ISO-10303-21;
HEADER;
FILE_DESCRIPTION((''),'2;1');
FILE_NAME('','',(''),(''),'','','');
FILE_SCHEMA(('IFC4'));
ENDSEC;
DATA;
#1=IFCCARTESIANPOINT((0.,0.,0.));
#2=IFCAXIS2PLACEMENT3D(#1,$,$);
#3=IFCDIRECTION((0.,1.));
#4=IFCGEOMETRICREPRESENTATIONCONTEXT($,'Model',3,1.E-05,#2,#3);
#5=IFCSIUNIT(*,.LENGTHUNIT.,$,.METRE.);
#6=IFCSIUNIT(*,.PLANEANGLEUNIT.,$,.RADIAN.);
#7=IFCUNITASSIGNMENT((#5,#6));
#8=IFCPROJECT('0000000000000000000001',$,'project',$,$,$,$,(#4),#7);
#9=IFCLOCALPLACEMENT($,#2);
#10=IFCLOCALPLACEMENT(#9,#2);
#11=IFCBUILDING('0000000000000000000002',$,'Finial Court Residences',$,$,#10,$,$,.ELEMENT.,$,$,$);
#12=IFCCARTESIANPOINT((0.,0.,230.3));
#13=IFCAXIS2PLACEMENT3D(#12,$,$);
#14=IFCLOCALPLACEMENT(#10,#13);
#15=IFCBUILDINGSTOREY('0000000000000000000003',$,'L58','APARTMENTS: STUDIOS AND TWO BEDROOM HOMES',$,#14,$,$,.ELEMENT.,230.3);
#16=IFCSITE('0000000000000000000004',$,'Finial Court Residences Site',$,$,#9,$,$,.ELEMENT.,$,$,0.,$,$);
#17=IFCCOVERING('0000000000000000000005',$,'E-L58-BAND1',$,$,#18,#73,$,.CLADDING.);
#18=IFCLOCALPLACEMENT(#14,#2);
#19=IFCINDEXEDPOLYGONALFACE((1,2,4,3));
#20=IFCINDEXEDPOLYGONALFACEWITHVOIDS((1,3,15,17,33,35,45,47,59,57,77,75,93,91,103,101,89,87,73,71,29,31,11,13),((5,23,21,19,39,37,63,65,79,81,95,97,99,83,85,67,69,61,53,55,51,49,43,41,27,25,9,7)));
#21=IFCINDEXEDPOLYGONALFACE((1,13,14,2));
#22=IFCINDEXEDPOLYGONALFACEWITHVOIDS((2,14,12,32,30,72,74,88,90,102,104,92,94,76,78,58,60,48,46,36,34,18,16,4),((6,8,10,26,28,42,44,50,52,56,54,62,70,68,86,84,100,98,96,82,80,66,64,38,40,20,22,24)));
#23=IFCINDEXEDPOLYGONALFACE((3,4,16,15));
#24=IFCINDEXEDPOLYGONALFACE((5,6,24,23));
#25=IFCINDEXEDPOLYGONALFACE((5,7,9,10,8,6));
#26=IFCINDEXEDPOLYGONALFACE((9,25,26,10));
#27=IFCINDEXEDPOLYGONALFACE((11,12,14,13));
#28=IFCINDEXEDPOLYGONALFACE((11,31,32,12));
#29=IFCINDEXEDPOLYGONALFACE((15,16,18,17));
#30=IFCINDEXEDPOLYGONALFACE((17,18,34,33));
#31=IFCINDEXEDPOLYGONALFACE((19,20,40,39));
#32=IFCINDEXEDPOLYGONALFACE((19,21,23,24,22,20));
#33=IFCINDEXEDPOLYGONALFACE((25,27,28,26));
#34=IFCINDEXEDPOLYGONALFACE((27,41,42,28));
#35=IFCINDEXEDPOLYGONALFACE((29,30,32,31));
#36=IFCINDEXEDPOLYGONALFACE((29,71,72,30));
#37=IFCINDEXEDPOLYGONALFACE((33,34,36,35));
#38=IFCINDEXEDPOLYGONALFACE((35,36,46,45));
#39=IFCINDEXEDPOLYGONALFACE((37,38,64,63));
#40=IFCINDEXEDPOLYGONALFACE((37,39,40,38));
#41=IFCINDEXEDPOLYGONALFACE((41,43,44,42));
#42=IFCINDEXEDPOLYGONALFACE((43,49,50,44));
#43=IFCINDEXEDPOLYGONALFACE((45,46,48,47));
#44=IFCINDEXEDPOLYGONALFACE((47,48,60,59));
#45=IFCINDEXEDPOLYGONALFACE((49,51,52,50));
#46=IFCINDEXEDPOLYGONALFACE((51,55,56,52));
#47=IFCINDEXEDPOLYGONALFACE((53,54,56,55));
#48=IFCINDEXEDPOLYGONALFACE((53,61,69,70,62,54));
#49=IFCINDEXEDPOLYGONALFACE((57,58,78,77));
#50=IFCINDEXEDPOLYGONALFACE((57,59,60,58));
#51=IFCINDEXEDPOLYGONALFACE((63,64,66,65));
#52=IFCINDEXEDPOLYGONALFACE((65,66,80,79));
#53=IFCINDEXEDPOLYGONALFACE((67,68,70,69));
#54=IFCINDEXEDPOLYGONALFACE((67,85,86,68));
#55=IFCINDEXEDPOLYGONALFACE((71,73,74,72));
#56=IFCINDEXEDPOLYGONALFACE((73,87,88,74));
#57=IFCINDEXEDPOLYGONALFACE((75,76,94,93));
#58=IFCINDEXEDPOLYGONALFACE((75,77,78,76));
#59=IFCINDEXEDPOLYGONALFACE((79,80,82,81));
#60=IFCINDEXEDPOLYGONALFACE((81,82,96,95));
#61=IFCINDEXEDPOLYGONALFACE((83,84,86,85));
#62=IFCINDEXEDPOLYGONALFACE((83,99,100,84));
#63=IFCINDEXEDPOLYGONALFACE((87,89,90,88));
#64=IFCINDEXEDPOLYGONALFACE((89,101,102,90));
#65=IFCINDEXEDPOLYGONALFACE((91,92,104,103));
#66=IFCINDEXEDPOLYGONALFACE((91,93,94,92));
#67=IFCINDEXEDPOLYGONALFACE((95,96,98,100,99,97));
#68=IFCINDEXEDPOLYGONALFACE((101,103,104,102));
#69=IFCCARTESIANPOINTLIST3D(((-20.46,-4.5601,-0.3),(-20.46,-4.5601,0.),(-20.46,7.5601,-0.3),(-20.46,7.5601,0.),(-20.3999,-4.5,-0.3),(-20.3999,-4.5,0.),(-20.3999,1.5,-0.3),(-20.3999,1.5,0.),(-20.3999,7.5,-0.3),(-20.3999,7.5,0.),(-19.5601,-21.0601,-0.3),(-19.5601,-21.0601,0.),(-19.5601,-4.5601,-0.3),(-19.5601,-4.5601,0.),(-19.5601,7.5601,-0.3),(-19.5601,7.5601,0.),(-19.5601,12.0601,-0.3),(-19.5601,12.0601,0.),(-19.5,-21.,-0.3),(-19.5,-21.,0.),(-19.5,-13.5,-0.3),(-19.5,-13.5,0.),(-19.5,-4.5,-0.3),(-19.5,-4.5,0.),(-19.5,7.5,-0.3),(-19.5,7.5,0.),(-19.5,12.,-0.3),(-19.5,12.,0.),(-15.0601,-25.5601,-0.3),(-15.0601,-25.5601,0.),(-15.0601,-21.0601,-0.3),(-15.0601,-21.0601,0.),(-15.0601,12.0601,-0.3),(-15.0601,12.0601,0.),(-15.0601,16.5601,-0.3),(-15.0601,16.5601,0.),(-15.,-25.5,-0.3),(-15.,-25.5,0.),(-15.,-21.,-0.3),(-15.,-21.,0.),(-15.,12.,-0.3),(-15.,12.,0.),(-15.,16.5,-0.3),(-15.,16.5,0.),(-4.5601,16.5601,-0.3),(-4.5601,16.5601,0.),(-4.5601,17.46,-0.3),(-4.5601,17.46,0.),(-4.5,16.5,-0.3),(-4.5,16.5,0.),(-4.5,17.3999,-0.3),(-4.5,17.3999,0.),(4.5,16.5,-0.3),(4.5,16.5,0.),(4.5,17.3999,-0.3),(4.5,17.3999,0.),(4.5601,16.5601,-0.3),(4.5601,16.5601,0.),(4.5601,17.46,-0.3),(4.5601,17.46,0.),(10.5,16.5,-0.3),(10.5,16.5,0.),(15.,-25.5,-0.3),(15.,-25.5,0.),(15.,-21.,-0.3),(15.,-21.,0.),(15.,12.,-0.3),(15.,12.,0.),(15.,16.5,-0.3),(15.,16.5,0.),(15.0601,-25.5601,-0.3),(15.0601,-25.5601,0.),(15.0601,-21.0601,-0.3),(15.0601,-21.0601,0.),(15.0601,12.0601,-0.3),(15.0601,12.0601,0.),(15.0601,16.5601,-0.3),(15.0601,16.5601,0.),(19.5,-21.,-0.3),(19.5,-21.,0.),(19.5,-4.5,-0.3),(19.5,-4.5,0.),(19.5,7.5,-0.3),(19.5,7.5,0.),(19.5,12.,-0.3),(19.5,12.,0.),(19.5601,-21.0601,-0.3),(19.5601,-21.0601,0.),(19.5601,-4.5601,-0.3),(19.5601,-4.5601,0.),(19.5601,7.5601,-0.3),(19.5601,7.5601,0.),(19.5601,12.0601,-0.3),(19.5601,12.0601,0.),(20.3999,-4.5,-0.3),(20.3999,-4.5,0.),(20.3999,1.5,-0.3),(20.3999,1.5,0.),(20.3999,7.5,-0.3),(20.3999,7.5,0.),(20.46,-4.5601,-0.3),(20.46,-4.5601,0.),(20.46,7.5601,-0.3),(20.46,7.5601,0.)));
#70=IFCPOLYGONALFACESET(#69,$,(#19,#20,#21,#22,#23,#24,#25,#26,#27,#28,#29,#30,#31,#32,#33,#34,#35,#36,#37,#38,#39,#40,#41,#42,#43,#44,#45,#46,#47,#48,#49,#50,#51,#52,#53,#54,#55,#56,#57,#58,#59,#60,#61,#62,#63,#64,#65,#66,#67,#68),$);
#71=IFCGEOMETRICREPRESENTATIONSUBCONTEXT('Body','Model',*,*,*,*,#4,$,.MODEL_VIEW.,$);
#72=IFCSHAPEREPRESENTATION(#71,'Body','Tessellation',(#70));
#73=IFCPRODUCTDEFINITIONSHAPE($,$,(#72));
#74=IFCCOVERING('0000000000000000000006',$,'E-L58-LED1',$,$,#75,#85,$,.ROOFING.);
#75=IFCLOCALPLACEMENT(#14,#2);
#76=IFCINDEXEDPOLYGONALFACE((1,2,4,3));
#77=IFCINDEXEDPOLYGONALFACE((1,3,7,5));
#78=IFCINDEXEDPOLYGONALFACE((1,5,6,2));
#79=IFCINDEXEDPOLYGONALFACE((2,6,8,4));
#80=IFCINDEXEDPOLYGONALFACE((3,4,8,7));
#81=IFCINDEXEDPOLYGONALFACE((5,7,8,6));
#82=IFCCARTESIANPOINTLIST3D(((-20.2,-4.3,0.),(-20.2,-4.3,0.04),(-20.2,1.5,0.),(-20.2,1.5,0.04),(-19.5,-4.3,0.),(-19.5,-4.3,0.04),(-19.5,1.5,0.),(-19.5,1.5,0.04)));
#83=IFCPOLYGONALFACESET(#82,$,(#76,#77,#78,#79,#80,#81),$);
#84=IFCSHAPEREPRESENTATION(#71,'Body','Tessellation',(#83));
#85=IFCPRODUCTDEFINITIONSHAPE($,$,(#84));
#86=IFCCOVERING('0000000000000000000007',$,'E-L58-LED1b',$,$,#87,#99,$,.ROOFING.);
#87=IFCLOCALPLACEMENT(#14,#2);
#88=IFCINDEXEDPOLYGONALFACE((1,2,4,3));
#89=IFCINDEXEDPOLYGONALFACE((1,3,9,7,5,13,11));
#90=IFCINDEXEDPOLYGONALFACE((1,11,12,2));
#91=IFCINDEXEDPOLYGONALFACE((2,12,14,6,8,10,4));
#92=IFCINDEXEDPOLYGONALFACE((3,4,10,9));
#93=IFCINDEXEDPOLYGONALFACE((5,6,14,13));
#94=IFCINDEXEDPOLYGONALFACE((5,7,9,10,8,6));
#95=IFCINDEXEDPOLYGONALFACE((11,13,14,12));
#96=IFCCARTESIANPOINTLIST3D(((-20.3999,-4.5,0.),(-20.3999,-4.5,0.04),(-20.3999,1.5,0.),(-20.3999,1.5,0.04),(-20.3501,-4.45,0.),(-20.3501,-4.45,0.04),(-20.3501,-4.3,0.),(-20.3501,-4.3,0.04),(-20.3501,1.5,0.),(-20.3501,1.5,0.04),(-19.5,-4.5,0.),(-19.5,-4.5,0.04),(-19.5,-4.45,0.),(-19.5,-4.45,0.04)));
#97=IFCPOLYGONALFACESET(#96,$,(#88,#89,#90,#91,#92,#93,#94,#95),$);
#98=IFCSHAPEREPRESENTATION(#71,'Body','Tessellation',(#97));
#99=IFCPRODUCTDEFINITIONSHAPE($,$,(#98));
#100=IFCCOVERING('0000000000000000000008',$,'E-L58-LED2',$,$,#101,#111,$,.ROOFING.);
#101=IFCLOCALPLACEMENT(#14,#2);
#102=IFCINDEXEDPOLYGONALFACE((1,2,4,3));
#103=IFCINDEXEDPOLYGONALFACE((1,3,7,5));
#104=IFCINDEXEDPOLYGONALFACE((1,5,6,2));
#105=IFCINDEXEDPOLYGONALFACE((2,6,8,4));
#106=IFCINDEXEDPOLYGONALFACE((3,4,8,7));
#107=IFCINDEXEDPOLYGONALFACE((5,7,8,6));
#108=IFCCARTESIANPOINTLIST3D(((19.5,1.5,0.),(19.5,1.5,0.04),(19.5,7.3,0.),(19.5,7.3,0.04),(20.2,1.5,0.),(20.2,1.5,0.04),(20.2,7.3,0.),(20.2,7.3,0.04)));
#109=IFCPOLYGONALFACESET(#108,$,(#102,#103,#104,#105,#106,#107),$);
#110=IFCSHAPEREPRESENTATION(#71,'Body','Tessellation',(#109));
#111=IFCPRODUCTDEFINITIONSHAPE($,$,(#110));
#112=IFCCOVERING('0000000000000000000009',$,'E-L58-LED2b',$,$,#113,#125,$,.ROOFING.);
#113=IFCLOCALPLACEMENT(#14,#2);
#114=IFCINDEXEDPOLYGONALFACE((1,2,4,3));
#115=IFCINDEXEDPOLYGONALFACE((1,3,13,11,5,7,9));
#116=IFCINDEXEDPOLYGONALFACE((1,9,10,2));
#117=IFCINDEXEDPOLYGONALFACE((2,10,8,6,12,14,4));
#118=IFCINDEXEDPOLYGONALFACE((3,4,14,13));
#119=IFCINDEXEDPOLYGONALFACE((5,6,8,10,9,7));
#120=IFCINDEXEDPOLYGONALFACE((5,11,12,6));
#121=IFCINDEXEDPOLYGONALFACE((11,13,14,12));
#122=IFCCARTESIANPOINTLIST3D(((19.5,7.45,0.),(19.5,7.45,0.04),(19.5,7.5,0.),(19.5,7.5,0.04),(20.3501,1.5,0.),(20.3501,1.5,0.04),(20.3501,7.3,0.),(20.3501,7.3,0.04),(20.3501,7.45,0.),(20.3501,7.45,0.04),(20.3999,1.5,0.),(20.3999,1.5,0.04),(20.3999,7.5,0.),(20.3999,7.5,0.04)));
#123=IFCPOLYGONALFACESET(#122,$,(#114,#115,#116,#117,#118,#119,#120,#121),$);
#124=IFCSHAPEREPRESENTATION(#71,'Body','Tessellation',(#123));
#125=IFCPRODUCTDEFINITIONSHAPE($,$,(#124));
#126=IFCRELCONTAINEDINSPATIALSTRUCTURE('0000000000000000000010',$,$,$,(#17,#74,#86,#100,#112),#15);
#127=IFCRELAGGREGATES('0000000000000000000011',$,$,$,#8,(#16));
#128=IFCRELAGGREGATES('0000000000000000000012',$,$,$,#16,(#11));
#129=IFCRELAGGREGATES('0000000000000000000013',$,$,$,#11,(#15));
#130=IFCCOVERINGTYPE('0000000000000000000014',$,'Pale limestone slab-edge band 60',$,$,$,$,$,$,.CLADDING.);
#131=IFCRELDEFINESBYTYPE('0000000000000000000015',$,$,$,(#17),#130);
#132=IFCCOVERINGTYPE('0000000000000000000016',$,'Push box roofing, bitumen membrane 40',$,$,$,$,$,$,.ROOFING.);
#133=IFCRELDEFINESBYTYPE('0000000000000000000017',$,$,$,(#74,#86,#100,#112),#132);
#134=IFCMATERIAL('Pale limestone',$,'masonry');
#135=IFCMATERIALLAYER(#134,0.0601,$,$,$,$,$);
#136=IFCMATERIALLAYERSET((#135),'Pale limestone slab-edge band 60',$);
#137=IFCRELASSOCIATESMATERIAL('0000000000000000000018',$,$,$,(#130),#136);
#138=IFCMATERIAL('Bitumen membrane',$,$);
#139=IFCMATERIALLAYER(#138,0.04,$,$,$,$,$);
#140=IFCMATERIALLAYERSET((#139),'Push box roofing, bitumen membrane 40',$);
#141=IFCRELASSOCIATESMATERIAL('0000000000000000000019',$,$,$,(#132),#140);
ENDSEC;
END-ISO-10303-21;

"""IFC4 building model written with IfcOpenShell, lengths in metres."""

from ifc_helpers import new_model, si_unit, direction, frame, origin, place, context, subcontext, project, spatial, polyline, outline, extrude, material, layer, layer_set, type_object, element, save


model = new_model("IFC4")

# Units and contexts
model_context = context("Model", 3, precision=1e-05, world=origin(), true_north=direction((0.0, 1.0)))
body_context = subcontext(model_context, "Body", "Model", "MODEL_VIEW")
ifc_project = project(units=[si_unit("LENGTHUNIT", "METRE"), si_unit("PLANEANGLEUNIT", "RADIAN")], contexts=[model_context])

# Site, building, storey
site_placement = place(None, origin())
site = spatial("IfcSite", under=ifc_project, at=site_placement, Name="Finial Court Residences Site", CompositionType="ELEMENT", RefElevation=0.0)
building_placement = place(site_placement, origin())
building = spatial("IfcBuilding", under=site, at=building_placement, Name="Finial Court Residences", CompositionType="ELEMENT")
storey_placement = place(building_placement, frame((0.0, 0.0, 230.3)))
storey = spatial("IfcBuildingStorey", under=building, at=storey_placement, Name="L58", Description="APARTMENTS: STUDIOS AND TWO BEDROOM HOMES", CompositionType="ELEMENT", Elevation=230.3)

# Coverings
ifc_material_1 = material(Name="Pale limestone", Category="masonry")
ifc_layer_1 = layer(ifc_material_1, 0.0601)
ifc_layer_set_1 = layer_set([ifc_layer_1], Name="Pale limestone slab-edge band 60")
covering_type_1 = type_object("IfcCoveringType", Name="Pale limestone slab-edge band 60", PredefinedType="CLADDING", material=ifc_layer_set_1)
covering_1_placement = place(storey_placement, frame((0.0, 0.0, -0.3)))
element("IfcCovering", 1, at=covering_1_placement, inside=storey, type_object=covering_type_1, Name="E-L58-BAND1", PredefinedType="CLADDING", context=body_context, shape_type="SweptSolid", body=[
    extrude(outline(polyline([(-19.5601, 7.5601), (-19.5601, 12.0601), (-15.0601, 12.0601), (-15.0601, 16.5601), (-4.5601, 16.5601), (-4.5601, 17.46), (4.5601, 17.46), (4.5601, 16.5601), (15.0601, 16.5601), (15.0601, 12.0601), (19.5601, 12.0601), (19.5601, 7.5601), (20.46, 7.5601), (20.46, -4.5601), (19.5601, -4.5601), (19.5601, -21.0601), (15.0601, -21.0601), (15.0601, -25.5601), (-15.0601, -25.5601), (-15.0601, -21.0601), (-19.5601, -21.0601), (-19.5601, -4.5601), (-20.46, -4.5601), (-20.46, 7.5601), (-19.5601, 7.5601)]), holes=[polyline([(-20.3999, 1.5), (-20.3999, -4.5), (-19.5, -4.5), (-19.5, -13.5), (-19.5, -21.0), (-15.0, -21.0), (-15.0, -25.5), (15.0, -25.5), (15.0, -21.0), (19.5, -21.0), (19.5, -4.5), (20.3999, -4.5), (20.3999, 1.5), (20.3999, 7.5), (19.5, 7.5), (19.5, 12.0), (15.0, 12.0), (15.0, 16.5), (10.5, 16.5), (4.5, 16.5), (4.5, 17.3999), (-4.5, 17.3999), (-4.5, 16.5), (-15.0, 16.5), (-15.0, 12.0), (-19.5, 12.0), (-19.5, 7.5), (-20.3999, 7.5), (-20.3999, 1.5)])]), origin(), (0.0, 0.0, 1.0), 0.3),
])
ifc_material_2 = material(Name="Bitumen membrane")
ifc_layer_2 = layer(ifc_material_2, 0.04)
ifc_layer_set_2 = layer_set([ifc_layer_2], Name="Push box roofing, bitumen membrane 40")
covering_type_2 = type_object("IfcCoveringType", Name="Push box roofing, bitumen membrane 40", PredefinedType="ROOFING", material=ifc_layer_set_2)
covering_2_placement = place(storey_placement, origin())
element("IfcCovering", 2, at=covering_2_placement, inside=storey, type_object=covering_type_2, Name="E-L58-LED1", PredefinedType="ROOFING", context=body_context, shape_type="SweptSolid", body=[
    extrude(outline(polyline([(-19.5, -4.3), (-20.2, -4.3), (-20.2, 1.5), (-19.5, 1.5), (-19.5, -4.3)])), origin(), (0.0, 0.0, 1.0), 0.04),
])
covering_3_placement = place(storey_placement, origin())
element("IfcCovering", 3, at=covering_3_placement, inside=storey, type_object=covering_type_2, Name="E-L58-LED1b", PredefinedType="ROOFING", context=body_context, shape_type="SweptSolid", body=[
    extrude(outline(polyline([(-19.5, -4.5), (-20.3999, -4.5), (-20.3999, 1.5), (-20.3501, 1.5), (-20.3501, -4.3), (-20.3501, -4.3), (-20.3501, -4.45), (-19.5, -4.45), (-19.5, -4.5)])), origin(), (0.0, 0.0, 1.0), 0.04),
])
covering_4_placement = place(storey_placement, origin())
element("IfcCovering", 4, at=covering_4_placement, inside=storey, type_object=covering_type_2, Name="E-L58-LED2", PredefinedType="ROOFING", context=body_context, shape_type="SweptSolid", body=[
    extrude(outline(polyline([(19.5, 7.3), (20.2, 7.3), (20.2, 1.5), (19.5, 1.5), (19.5, 7.3)])), origin(), (0.0, 0.0, 1.0), 0.04),
])
covering_5_placement = place(storey_placement, origin())
element("IfcCovering", 5, at=covering_5_placement, inside=storey, type_object=covering_type_2, Name="E-L58-LED2b", PredefinedType="ROOFING", context=body_context, shape_type="SweptSolid", body=[
    extrude(outline(polyline([(19.5, 7.5), (20.3999, 7.5), (20.3999, 1.5), (20.3501, 1.5), (20.3501, 7.3), (20.3501, 7.3), (20.3501, 7.45), (19.5, 7.45), (19.5, 7.5)])), origin(), (0.0, 0.0, 1.0), 0.04),
])

save(model, "model.ifc")
